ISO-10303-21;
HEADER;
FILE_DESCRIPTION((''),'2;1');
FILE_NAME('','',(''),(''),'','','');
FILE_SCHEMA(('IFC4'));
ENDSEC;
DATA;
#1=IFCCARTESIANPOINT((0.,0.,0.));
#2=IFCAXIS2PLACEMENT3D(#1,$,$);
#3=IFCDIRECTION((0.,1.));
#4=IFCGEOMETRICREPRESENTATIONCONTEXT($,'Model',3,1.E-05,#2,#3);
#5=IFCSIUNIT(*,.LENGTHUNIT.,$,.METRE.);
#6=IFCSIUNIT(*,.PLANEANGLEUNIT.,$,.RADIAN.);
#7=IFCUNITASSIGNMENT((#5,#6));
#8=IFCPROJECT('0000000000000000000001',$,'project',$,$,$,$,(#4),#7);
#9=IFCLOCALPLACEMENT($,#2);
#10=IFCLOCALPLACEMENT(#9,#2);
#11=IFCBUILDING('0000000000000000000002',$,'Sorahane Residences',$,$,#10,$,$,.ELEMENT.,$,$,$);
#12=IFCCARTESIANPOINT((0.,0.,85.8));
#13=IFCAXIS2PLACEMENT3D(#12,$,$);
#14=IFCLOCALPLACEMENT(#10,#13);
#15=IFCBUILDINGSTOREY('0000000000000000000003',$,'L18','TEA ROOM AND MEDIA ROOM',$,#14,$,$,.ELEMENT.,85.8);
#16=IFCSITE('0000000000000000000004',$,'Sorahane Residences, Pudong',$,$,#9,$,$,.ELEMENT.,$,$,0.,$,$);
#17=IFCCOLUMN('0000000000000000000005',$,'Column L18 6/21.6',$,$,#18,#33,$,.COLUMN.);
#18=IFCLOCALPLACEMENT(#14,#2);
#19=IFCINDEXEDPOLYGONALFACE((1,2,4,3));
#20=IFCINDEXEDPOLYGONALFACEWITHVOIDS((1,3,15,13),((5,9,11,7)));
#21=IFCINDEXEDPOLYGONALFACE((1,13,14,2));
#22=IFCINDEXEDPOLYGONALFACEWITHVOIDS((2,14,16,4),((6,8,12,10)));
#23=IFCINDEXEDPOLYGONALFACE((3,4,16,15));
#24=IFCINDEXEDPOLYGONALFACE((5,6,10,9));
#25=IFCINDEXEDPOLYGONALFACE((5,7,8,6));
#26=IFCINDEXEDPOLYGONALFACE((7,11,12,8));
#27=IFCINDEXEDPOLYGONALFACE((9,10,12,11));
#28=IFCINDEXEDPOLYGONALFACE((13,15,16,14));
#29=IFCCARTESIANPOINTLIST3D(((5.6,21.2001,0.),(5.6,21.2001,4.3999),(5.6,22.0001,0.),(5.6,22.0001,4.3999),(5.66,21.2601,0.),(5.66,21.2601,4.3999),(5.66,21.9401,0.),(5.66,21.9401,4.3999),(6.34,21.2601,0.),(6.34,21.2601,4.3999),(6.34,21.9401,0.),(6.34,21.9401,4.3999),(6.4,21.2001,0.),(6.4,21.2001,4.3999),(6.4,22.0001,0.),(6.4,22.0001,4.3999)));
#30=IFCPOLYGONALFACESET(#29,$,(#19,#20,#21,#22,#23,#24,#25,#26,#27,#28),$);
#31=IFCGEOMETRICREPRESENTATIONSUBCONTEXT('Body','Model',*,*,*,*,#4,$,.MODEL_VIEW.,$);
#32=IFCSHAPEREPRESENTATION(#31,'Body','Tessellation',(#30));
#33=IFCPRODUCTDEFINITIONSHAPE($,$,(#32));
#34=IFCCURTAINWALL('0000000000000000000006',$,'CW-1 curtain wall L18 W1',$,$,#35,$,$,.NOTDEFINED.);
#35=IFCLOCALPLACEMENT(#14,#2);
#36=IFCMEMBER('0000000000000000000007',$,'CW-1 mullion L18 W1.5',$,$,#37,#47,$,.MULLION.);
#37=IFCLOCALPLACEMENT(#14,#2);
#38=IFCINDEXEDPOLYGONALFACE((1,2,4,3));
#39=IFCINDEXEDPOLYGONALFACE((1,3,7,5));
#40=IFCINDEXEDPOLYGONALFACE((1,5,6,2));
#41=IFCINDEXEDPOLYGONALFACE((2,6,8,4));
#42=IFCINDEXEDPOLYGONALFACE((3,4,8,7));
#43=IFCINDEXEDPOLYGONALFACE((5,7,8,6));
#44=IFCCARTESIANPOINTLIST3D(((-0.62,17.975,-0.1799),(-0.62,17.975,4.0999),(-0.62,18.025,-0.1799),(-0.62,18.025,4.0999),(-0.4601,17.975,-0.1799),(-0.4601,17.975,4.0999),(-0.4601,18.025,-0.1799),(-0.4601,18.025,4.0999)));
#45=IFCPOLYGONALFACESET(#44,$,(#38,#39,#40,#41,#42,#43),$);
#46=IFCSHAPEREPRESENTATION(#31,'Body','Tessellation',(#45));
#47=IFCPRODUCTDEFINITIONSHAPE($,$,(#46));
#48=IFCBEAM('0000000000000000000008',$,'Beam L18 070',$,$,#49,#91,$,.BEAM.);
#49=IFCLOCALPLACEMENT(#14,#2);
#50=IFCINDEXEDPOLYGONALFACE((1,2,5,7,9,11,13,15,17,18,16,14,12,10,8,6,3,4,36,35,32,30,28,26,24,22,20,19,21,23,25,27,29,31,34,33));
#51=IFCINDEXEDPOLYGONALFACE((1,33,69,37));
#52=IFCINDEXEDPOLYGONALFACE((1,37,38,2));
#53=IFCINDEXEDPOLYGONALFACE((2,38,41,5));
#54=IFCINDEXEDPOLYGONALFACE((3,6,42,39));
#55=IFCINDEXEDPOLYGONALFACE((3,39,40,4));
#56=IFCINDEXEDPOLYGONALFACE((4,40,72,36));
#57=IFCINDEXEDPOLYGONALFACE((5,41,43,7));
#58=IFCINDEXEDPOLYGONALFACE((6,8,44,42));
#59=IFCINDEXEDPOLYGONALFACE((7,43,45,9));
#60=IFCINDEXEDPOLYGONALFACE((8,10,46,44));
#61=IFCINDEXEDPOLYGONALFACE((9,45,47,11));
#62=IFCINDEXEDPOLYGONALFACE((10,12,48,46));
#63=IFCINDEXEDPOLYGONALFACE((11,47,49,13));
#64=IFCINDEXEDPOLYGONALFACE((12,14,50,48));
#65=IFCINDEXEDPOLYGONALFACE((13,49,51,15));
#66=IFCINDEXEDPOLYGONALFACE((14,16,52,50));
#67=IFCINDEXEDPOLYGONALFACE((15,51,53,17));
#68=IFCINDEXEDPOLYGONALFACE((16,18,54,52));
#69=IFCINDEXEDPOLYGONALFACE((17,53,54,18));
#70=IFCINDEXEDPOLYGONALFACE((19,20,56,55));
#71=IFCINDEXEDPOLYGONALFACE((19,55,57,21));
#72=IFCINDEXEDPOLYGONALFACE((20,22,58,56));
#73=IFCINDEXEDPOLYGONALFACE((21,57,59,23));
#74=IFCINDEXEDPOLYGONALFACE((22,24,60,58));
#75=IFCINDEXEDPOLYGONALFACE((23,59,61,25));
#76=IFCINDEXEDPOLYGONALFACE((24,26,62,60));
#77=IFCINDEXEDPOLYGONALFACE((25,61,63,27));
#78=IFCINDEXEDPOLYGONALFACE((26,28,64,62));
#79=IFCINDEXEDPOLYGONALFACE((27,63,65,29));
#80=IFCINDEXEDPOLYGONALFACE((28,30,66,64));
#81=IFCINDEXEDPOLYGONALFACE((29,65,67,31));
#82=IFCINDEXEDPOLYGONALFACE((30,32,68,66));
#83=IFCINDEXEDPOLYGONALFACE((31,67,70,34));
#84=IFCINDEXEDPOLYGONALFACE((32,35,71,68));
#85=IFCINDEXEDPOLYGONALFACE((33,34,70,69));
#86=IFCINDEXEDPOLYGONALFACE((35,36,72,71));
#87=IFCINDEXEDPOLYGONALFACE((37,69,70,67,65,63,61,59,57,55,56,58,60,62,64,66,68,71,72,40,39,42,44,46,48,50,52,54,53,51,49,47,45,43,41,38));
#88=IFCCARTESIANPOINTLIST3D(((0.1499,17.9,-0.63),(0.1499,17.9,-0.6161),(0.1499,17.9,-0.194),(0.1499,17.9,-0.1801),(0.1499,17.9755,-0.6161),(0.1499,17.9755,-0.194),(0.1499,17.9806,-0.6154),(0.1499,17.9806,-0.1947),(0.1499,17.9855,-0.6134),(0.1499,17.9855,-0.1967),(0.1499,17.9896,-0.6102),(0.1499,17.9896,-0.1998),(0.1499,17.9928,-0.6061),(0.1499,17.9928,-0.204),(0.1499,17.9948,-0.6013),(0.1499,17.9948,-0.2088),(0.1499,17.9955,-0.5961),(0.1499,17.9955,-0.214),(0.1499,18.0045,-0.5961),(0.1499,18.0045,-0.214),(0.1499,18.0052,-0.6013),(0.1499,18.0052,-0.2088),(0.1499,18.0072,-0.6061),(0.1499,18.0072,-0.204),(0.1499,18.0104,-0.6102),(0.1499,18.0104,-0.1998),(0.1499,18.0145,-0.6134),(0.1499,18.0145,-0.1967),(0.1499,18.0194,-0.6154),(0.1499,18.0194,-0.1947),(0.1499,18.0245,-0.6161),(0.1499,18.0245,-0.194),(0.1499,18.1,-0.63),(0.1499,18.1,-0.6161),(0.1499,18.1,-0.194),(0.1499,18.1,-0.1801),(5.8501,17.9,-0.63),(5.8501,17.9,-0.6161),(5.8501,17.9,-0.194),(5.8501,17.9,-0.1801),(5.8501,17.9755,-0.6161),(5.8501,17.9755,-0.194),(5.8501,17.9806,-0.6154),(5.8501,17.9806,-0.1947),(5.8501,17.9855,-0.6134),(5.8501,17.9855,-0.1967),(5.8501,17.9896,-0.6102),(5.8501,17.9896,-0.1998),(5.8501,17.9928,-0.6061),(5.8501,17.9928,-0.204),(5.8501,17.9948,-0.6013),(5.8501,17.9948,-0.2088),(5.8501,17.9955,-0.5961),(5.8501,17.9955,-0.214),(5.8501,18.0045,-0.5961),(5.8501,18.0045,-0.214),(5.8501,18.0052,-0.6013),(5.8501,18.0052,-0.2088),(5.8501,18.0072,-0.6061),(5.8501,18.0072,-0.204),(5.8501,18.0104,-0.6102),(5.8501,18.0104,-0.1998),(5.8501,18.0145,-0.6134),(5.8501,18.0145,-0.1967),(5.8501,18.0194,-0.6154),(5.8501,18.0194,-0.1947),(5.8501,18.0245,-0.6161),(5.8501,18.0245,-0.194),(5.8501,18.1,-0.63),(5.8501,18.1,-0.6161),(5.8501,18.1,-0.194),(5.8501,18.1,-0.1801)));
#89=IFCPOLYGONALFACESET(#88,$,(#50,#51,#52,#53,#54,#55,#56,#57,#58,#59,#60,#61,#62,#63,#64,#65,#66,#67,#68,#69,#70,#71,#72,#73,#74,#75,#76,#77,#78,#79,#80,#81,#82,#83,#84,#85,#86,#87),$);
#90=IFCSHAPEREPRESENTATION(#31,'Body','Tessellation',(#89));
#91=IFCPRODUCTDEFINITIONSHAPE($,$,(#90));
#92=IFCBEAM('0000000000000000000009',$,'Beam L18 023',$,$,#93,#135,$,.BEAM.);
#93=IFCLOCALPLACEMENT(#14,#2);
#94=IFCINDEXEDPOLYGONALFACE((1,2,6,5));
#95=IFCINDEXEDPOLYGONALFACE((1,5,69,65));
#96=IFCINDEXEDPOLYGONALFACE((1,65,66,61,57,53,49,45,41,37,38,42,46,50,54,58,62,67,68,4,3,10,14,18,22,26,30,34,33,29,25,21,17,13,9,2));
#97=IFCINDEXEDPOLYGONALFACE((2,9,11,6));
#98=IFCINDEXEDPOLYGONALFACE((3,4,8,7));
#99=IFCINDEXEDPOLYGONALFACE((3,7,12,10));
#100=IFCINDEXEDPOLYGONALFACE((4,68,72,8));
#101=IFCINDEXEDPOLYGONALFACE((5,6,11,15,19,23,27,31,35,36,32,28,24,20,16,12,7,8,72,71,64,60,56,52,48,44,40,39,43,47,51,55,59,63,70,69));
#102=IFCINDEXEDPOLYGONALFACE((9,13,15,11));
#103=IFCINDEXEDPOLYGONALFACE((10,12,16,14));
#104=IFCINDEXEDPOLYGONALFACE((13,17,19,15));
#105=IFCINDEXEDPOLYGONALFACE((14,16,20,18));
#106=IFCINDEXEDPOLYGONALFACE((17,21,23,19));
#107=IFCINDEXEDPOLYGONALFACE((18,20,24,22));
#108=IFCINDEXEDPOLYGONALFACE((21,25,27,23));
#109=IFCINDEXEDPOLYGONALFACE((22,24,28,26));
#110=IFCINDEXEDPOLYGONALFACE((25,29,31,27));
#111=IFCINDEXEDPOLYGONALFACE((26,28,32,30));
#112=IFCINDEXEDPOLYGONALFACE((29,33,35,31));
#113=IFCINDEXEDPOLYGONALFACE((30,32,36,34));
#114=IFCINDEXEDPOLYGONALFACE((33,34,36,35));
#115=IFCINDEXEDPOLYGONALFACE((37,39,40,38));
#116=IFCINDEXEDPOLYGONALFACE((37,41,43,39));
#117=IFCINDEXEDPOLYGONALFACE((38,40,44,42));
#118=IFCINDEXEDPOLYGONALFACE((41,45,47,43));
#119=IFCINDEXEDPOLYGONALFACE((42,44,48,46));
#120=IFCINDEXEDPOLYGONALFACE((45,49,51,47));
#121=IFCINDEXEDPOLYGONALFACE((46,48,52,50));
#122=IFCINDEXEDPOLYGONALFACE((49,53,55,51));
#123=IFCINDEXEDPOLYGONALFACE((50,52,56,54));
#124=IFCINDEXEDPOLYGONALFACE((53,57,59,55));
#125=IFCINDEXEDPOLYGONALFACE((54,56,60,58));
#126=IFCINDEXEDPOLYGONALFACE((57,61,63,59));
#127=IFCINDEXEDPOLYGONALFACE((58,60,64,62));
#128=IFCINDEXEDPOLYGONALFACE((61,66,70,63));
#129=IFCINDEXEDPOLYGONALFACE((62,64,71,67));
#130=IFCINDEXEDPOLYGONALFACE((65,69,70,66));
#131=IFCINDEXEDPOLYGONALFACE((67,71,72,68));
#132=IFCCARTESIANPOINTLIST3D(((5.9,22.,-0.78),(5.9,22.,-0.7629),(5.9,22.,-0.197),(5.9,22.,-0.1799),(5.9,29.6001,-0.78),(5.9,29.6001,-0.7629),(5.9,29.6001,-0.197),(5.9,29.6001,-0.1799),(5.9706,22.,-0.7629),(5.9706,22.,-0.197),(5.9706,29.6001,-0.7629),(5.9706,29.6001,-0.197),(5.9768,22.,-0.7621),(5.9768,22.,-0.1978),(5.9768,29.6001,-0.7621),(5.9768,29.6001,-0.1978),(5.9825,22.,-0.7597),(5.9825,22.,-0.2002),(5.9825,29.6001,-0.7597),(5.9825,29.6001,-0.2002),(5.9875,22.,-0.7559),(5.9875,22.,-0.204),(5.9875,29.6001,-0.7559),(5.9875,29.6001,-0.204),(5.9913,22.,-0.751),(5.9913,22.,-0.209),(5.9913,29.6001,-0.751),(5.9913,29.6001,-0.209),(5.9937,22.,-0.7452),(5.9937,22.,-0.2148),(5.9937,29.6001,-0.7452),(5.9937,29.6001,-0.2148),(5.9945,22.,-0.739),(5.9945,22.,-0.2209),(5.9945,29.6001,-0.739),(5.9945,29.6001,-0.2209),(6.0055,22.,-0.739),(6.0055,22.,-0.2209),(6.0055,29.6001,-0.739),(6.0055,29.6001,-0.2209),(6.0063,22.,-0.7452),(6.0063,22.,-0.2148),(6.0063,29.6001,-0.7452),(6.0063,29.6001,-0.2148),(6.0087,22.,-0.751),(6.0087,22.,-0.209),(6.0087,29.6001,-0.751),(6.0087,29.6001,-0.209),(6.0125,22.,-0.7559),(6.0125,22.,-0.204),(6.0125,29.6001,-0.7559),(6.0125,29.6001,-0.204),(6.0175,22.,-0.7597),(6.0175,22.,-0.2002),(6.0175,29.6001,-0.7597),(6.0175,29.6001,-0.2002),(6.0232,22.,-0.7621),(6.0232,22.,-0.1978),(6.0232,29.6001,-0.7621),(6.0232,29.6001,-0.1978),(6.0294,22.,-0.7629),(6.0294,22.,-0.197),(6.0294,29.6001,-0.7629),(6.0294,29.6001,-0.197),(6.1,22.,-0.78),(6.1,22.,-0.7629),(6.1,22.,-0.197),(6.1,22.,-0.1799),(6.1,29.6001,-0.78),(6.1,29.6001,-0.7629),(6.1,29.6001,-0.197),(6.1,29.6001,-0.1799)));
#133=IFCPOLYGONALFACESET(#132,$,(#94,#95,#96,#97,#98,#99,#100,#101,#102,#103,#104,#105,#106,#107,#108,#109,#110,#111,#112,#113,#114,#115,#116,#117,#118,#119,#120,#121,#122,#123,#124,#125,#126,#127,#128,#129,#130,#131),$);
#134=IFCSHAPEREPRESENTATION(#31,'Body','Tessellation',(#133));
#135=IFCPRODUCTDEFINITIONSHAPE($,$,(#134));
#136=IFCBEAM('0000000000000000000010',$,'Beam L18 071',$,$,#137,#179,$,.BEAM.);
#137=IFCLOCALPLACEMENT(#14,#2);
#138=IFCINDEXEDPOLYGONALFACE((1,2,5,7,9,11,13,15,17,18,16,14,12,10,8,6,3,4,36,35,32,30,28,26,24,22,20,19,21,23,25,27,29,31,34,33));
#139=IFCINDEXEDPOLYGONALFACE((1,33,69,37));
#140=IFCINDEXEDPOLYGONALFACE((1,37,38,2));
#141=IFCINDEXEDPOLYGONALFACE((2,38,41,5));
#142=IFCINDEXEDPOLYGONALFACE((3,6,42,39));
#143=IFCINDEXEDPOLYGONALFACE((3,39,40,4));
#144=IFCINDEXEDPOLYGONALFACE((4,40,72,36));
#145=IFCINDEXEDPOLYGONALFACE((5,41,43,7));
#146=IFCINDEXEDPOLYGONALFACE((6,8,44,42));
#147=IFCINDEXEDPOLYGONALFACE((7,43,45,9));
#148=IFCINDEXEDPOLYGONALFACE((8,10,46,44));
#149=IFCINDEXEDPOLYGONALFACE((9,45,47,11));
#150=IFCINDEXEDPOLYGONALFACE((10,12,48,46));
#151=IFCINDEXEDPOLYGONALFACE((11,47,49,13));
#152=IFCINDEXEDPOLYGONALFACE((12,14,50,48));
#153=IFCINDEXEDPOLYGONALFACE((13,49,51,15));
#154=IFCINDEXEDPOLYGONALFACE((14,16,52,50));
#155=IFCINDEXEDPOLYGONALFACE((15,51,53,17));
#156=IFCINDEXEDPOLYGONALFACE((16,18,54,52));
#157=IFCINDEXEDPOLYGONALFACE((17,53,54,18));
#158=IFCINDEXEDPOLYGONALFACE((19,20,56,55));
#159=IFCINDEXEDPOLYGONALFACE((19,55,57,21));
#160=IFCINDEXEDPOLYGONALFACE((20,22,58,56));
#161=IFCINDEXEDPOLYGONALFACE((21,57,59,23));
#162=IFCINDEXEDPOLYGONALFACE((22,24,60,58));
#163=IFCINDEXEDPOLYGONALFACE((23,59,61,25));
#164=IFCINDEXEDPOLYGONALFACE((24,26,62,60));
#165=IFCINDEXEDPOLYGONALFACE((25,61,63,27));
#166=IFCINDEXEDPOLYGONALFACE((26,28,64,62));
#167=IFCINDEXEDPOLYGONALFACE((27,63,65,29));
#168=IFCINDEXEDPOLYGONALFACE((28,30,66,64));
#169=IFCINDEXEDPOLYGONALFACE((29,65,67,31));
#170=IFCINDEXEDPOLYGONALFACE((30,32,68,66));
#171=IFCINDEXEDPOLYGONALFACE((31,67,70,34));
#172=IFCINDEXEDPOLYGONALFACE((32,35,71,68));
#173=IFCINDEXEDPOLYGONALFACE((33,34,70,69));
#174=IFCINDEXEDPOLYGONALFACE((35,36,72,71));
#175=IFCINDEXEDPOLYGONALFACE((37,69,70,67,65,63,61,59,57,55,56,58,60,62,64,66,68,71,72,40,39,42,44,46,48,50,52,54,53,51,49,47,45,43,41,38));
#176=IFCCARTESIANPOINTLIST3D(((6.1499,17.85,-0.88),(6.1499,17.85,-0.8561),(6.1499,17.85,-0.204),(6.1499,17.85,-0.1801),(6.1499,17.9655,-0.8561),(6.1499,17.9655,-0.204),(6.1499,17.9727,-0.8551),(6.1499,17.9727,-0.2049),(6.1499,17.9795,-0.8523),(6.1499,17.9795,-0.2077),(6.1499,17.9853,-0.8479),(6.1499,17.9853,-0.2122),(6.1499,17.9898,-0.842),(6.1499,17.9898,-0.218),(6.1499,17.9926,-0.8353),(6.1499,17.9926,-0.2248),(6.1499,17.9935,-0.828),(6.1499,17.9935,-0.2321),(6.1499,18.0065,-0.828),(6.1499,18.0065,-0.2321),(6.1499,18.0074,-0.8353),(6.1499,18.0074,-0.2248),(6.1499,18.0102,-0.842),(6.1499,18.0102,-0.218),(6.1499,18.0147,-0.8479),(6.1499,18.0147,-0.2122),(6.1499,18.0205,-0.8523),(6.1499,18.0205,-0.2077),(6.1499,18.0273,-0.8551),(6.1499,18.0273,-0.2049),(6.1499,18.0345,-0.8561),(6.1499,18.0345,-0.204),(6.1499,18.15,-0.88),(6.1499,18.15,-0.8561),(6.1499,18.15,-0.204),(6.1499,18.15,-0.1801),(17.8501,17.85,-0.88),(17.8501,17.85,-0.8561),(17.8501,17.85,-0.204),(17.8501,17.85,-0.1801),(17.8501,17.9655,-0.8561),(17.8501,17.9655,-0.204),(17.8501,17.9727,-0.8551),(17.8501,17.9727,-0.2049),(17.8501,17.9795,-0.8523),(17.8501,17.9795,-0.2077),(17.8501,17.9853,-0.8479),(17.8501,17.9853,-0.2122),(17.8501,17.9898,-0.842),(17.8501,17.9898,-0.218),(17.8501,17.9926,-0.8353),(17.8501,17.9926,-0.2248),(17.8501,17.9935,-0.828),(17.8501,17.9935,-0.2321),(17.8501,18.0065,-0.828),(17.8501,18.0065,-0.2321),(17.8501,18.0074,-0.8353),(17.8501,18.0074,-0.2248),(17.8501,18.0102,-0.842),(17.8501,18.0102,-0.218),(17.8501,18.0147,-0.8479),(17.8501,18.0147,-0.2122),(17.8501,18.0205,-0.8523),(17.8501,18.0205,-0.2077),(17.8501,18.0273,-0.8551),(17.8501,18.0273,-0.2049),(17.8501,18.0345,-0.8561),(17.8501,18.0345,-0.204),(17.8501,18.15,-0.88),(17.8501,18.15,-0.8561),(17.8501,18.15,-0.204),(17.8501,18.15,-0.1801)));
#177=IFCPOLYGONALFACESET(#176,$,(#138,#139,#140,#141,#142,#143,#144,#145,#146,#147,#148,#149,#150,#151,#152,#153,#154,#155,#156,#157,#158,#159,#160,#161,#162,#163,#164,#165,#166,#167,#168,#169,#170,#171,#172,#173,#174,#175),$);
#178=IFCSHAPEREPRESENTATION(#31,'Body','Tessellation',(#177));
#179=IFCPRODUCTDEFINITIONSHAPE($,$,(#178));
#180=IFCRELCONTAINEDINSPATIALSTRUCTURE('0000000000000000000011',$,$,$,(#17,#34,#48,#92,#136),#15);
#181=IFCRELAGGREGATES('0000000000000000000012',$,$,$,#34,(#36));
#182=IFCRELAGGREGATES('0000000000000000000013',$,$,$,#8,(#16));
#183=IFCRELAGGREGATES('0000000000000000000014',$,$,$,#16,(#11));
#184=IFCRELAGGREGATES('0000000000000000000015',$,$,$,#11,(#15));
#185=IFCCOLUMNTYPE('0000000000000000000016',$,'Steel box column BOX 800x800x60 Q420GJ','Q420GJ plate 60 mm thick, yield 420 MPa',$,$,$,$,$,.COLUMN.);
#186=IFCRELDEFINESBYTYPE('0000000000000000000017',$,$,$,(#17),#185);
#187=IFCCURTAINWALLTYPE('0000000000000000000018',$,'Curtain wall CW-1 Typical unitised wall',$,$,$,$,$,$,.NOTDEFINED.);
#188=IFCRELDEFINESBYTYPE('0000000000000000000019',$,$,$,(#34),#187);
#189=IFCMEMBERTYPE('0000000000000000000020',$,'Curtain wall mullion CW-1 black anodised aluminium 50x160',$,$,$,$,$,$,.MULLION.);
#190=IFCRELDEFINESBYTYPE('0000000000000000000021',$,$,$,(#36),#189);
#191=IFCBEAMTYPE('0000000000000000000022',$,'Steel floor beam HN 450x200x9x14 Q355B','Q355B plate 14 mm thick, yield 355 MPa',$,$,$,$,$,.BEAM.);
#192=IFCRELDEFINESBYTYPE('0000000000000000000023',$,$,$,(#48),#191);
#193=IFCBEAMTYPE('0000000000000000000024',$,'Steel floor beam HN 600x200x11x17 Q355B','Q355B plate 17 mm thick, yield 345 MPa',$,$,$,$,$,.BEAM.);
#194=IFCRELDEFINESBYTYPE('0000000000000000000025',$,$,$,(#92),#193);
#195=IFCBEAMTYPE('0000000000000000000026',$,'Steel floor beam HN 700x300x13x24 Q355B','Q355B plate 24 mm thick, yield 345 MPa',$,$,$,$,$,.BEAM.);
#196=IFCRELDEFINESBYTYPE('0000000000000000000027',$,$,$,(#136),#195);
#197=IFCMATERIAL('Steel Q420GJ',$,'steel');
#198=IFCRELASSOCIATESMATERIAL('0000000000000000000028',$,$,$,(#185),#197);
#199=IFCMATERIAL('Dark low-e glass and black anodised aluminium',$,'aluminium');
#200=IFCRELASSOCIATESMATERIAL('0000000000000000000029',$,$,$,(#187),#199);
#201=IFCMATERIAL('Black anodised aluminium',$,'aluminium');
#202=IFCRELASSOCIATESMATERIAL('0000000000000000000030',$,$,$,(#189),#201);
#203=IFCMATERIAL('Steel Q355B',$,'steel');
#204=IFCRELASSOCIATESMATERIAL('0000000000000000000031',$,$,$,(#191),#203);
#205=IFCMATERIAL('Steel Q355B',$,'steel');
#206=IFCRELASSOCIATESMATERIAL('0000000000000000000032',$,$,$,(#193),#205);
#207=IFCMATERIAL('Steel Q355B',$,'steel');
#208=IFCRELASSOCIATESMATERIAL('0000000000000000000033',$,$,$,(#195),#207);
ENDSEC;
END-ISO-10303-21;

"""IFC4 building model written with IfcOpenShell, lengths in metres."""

from ifc_helpers import new_model, si_unit, direction, frame, origin, origin_2d, place, context, subcontext, project, spatial, rectangle, hollow_rectangle, i_section, extrude, material, material_profile, profile_set, type_object, element, aggregate, save


model = new_model("IFC4")

# Units and contexts
model_context = context("Model", 3, precision=1e-05, world=origin(), true_north=direction((0.0, 1.0)))
body_context = subcontext(model_context, "Body", "Model", "MODEL_VIEW")
ifc_project = project(units=[si_unit("LENGTHUNIT", "METRE"), si_unit("PLANEANGLEUNIT", "RADIAN")], contexts=[model_context])

# Site, building, storey
site_placement = place(None, origin())
site = spatial("IfcSite", under=ifc_project, at=site_placement, Name="Sorahane Residences, Pudong", CompositionType="ELEMENT", RefElevation=0.0)
building_placement = place(site_placement, origin())
building = spatial("IfcBuilding", under=site, at=building_placement, Name="Sorahane Residences", CompositionType="ELEMENT")
storey_placement = place(building_placement, frame((0.0, 0.0, 85.8)))
storey = spatial("IfcBuildingStorey", under=building, at=storey_placement, Name="L18", Description="TEA ROOM AND MEDIA ROOM", CompositionType="ELEMENT", Elevation=85.8)

# Column
ifc_material_1 = material(Name="Steel Q420GJ", Category="steel")
ifc_material_profile_1 = material_profile(ifc_material_1, hollow_rectangle(XDim=0.8, YDim=0.8, WallThickness=0.0601, at=origin_2d()), Name="BOX 800x800x60")
ifc_profile_set_1 = profile_set([ifc_material_profile_1], Name="Steel Q420GJ")
column_type = type_object("IfcColumnType", Name="Steel box column BOX 800x800x60 Q420GJ", Description="Q420GJ plate 60 mm thick, yield 420 MPa", PredefinedType="COLUMN", material=ifc_profile_set_1)
column_placement = place(storey_placement, frame((6.0, 21.6001, 0.0), z_axis=(0.0, 0.0, 1.0), x_axis=(1.0, 0.0, 0.0)))
element("IfcColumn", 1, at=column_placement, inside=storey, type_object=column_type, Name="Column L18 6/21.6", PredefinedType="COLUMN", context=body_context, shape_type="SweptSolid", body=[
    extrude(hollow_rectangle(XDim=0.8, YDim=0.8, WallThickness=0.0601, at=origin_2d()), origin(), (0.0, 0.0, 1.0), 4.3999),
])

# Curtain wall, member
ifc_material_2 = material(Name="Dark low-e glass and black anodised aluminium", Category="aluminium")
curtain_wall_type = type_object("IfcCurtainWallType", Name="Curtain wall CW-1 Typical unitised wall", PredefinedType="NOTDEFINED", material=ifc_material_2)
curtain_wall_placement = place(storey_placement, origin())
curtain_wall = element("IfcCurtainWall", 2, at=curtain_wall_placement, inside=storey, type_object=curtain_wall_type, Name="CW-1 curtain wall L18 W1", PredefinedType="NOTDEFINED")
ifc_material_3 = material(Name="Black anodised aluminium", Category="aluminium")
ifc_material_profile_2 = material_profile(ifc_material_3, rectangle(XDim=0.1599, YDim=0.05, at=origin_2d()), Name="Curtain wall mullion CW-1 black anodised aluminium 50x160")
ifc_profile_set_2 = profile_set([ifc_material_profile_2], Name="Black anodised aluminium")
member_type = type_object("IfcMemberType", Name="Curtain wall mullion CW-1 black anodised aluminium 50x160", PredefinedType="MULLION", material=ifc_profile_set_2)
member_placement = place(storey_placement, frame((-0.54, 18.0, -0.1799), z_axis=(0.0, 0.0, 1.0), x_axis=(-1.0, 0.0, 0.0)))
member = element("IfcMember", 3, at=member_placement, type_object=member_type, Name="CW-1 mullion L18 W1.5", PredefinedType="MULLION", context=body_context, shape_type="SweptSolid", body=[
    extrude(rectangle(XDim=0.1599, YDim=0.05, at=origin_2d()), origin(), (0.0, 0.0, 1.0), 4.2798),
])

# Beams
ifc_material_4 = material(Name="Steel Q355B", Category="steel")
ifc_material_profile_3 = material_profile(ifc_material_4, i_section(OverallWidth=0.2, OverallDepth=0.45, WebThickness=0.009, FlangeThickness=0.0139, FilletRadius=0.02, at=origin_2d()), Name="HN 450x200x9x14")
ifc_profile_set_3 = profile_set([ifc_material_profile_3], Name="Steel Q355B")
beam_type_1 = type_object("IfcBeamType", Name="Steel floor beam HN 450x200x9x14 Q355B", Description="Q355B plate 14 mm thick, yield 355 MPa", PredefinedType="BEAM", material=ifc_profile_set_3)
beam_1_placement = place(storey_placement, frame((0.1499, 18.0, -0.405), z_axis=(1.0, 0.0, 0.0), x_axis=(0.0, 1.0, 0.0)))
element("IfcBeam", 4, at=beam_1_placement, inside=storey, type_object=beam_type_1, Name="Beam L18 070", PredefinedType="BEAM", context=body_context, shape_type="SweptSolid", body=[
    extrude(i_section(OverallWidth=0.2, OverallDepth=0.45, WebThickness=0.009, FlangeThickness=0.0139, FilletRadius=0.02, at=origin_2d()), origin(), (0.0, 0.0, 1.0), 5.7002),
])
ifc_material_5 = material(Name="Steel Q355B", Category="steel")
ifc_material_profile_4 = material_profile(ifc_material_5, i_section(OverallWidth=0.2, OverallDepth=0.6001, WebThickness=0.011, FlangeThickness=0.0171, FilletRadius=0.0239, at=origin_2d()), Name="HN 600x200x11x17")
ifc_profile_set_4 = profile_set([ifc_material_profile_4], Name="Steel Q355B")
beam_type_2 = type_object("IfcBeamType", Name="Steel floor beam HN 600x200x11x17 Q355B", Description="Q355B plate 17 mm thick, yield 345 MPa", PredefinedType="BEAM", material=ifc_profile_set_4)
beam_2_placement = place(storey_placement, frame((6.0, 22.0, -0.48), z_axis=(0.0, 1.0, 0.0), x_axis=(-1.0, 0.0, 0.0)))
element("IfcBeam", 5, at=beam_2_placement, inside=storey, type_object=beam_type_2, Name="Beam L18 023", PredefinedType="BEAM", context=body_context, shape_type="SweptSolid", body=[
    extrude(i_section(OverallWidth=0.2, OverallDepth=0.6001, WebThickness=0.011, FlangeThickness=0.0171, FilletRadius=0.0239, at=origin_2d()), origin(), (0.0, 0.0, 1.0), 7.6001),
])
ifc_material_6 = material(Name="Steel Q355B", Category="steel")
ifc_material_profile_5 = material_profile(ifc_material_6, i_section(OverallWidth=0.3, OverallDepth=0.7, WebThickness=0.0129, FlangeThickness=0.0239, FilletRadius=0.0281, at=origin_2d()), Name="HN 700x300x13x24")
ifc_profile_set_5 = profile_set([ifc_material_profile_5], Name="Steel Q355B")
beam_type_3 = type_object("IfcBeamType", Name="Steel floor beam HN 700x300x13x24 Q355B", Description="Q355B plate 24 mm thick, yield 345 MPa", PredefinedType="BEAM", material=ifc_profile_set_5)
beam_3_placement = place(storey_placement, frame((6.1499, 18.0, -0.53), z_axis=(1.0, 0.0, 0.0), x_axis=(0.0, 1.0, 0.0)))
element("IfcBeam", 6, at=beam_3_placement, inside=storey, type_object=beam_type_3, Name="Beam L18 071", PredefinedType="BEAM", context=body_context, shape_type="SweptSolid", body=[
    extrude(i_section(OverallWidth=0.3, OverallDepth=0.7, WebThickness=0.0129, FlangeThickness=0.0239, FilletRadius=0.0281, at=origin_2d()), origin(), (0.0, 0.0, 1.0), 11.7002),
])

aggregate(curtain_wall, [member])

save(model, "model.ifc")
